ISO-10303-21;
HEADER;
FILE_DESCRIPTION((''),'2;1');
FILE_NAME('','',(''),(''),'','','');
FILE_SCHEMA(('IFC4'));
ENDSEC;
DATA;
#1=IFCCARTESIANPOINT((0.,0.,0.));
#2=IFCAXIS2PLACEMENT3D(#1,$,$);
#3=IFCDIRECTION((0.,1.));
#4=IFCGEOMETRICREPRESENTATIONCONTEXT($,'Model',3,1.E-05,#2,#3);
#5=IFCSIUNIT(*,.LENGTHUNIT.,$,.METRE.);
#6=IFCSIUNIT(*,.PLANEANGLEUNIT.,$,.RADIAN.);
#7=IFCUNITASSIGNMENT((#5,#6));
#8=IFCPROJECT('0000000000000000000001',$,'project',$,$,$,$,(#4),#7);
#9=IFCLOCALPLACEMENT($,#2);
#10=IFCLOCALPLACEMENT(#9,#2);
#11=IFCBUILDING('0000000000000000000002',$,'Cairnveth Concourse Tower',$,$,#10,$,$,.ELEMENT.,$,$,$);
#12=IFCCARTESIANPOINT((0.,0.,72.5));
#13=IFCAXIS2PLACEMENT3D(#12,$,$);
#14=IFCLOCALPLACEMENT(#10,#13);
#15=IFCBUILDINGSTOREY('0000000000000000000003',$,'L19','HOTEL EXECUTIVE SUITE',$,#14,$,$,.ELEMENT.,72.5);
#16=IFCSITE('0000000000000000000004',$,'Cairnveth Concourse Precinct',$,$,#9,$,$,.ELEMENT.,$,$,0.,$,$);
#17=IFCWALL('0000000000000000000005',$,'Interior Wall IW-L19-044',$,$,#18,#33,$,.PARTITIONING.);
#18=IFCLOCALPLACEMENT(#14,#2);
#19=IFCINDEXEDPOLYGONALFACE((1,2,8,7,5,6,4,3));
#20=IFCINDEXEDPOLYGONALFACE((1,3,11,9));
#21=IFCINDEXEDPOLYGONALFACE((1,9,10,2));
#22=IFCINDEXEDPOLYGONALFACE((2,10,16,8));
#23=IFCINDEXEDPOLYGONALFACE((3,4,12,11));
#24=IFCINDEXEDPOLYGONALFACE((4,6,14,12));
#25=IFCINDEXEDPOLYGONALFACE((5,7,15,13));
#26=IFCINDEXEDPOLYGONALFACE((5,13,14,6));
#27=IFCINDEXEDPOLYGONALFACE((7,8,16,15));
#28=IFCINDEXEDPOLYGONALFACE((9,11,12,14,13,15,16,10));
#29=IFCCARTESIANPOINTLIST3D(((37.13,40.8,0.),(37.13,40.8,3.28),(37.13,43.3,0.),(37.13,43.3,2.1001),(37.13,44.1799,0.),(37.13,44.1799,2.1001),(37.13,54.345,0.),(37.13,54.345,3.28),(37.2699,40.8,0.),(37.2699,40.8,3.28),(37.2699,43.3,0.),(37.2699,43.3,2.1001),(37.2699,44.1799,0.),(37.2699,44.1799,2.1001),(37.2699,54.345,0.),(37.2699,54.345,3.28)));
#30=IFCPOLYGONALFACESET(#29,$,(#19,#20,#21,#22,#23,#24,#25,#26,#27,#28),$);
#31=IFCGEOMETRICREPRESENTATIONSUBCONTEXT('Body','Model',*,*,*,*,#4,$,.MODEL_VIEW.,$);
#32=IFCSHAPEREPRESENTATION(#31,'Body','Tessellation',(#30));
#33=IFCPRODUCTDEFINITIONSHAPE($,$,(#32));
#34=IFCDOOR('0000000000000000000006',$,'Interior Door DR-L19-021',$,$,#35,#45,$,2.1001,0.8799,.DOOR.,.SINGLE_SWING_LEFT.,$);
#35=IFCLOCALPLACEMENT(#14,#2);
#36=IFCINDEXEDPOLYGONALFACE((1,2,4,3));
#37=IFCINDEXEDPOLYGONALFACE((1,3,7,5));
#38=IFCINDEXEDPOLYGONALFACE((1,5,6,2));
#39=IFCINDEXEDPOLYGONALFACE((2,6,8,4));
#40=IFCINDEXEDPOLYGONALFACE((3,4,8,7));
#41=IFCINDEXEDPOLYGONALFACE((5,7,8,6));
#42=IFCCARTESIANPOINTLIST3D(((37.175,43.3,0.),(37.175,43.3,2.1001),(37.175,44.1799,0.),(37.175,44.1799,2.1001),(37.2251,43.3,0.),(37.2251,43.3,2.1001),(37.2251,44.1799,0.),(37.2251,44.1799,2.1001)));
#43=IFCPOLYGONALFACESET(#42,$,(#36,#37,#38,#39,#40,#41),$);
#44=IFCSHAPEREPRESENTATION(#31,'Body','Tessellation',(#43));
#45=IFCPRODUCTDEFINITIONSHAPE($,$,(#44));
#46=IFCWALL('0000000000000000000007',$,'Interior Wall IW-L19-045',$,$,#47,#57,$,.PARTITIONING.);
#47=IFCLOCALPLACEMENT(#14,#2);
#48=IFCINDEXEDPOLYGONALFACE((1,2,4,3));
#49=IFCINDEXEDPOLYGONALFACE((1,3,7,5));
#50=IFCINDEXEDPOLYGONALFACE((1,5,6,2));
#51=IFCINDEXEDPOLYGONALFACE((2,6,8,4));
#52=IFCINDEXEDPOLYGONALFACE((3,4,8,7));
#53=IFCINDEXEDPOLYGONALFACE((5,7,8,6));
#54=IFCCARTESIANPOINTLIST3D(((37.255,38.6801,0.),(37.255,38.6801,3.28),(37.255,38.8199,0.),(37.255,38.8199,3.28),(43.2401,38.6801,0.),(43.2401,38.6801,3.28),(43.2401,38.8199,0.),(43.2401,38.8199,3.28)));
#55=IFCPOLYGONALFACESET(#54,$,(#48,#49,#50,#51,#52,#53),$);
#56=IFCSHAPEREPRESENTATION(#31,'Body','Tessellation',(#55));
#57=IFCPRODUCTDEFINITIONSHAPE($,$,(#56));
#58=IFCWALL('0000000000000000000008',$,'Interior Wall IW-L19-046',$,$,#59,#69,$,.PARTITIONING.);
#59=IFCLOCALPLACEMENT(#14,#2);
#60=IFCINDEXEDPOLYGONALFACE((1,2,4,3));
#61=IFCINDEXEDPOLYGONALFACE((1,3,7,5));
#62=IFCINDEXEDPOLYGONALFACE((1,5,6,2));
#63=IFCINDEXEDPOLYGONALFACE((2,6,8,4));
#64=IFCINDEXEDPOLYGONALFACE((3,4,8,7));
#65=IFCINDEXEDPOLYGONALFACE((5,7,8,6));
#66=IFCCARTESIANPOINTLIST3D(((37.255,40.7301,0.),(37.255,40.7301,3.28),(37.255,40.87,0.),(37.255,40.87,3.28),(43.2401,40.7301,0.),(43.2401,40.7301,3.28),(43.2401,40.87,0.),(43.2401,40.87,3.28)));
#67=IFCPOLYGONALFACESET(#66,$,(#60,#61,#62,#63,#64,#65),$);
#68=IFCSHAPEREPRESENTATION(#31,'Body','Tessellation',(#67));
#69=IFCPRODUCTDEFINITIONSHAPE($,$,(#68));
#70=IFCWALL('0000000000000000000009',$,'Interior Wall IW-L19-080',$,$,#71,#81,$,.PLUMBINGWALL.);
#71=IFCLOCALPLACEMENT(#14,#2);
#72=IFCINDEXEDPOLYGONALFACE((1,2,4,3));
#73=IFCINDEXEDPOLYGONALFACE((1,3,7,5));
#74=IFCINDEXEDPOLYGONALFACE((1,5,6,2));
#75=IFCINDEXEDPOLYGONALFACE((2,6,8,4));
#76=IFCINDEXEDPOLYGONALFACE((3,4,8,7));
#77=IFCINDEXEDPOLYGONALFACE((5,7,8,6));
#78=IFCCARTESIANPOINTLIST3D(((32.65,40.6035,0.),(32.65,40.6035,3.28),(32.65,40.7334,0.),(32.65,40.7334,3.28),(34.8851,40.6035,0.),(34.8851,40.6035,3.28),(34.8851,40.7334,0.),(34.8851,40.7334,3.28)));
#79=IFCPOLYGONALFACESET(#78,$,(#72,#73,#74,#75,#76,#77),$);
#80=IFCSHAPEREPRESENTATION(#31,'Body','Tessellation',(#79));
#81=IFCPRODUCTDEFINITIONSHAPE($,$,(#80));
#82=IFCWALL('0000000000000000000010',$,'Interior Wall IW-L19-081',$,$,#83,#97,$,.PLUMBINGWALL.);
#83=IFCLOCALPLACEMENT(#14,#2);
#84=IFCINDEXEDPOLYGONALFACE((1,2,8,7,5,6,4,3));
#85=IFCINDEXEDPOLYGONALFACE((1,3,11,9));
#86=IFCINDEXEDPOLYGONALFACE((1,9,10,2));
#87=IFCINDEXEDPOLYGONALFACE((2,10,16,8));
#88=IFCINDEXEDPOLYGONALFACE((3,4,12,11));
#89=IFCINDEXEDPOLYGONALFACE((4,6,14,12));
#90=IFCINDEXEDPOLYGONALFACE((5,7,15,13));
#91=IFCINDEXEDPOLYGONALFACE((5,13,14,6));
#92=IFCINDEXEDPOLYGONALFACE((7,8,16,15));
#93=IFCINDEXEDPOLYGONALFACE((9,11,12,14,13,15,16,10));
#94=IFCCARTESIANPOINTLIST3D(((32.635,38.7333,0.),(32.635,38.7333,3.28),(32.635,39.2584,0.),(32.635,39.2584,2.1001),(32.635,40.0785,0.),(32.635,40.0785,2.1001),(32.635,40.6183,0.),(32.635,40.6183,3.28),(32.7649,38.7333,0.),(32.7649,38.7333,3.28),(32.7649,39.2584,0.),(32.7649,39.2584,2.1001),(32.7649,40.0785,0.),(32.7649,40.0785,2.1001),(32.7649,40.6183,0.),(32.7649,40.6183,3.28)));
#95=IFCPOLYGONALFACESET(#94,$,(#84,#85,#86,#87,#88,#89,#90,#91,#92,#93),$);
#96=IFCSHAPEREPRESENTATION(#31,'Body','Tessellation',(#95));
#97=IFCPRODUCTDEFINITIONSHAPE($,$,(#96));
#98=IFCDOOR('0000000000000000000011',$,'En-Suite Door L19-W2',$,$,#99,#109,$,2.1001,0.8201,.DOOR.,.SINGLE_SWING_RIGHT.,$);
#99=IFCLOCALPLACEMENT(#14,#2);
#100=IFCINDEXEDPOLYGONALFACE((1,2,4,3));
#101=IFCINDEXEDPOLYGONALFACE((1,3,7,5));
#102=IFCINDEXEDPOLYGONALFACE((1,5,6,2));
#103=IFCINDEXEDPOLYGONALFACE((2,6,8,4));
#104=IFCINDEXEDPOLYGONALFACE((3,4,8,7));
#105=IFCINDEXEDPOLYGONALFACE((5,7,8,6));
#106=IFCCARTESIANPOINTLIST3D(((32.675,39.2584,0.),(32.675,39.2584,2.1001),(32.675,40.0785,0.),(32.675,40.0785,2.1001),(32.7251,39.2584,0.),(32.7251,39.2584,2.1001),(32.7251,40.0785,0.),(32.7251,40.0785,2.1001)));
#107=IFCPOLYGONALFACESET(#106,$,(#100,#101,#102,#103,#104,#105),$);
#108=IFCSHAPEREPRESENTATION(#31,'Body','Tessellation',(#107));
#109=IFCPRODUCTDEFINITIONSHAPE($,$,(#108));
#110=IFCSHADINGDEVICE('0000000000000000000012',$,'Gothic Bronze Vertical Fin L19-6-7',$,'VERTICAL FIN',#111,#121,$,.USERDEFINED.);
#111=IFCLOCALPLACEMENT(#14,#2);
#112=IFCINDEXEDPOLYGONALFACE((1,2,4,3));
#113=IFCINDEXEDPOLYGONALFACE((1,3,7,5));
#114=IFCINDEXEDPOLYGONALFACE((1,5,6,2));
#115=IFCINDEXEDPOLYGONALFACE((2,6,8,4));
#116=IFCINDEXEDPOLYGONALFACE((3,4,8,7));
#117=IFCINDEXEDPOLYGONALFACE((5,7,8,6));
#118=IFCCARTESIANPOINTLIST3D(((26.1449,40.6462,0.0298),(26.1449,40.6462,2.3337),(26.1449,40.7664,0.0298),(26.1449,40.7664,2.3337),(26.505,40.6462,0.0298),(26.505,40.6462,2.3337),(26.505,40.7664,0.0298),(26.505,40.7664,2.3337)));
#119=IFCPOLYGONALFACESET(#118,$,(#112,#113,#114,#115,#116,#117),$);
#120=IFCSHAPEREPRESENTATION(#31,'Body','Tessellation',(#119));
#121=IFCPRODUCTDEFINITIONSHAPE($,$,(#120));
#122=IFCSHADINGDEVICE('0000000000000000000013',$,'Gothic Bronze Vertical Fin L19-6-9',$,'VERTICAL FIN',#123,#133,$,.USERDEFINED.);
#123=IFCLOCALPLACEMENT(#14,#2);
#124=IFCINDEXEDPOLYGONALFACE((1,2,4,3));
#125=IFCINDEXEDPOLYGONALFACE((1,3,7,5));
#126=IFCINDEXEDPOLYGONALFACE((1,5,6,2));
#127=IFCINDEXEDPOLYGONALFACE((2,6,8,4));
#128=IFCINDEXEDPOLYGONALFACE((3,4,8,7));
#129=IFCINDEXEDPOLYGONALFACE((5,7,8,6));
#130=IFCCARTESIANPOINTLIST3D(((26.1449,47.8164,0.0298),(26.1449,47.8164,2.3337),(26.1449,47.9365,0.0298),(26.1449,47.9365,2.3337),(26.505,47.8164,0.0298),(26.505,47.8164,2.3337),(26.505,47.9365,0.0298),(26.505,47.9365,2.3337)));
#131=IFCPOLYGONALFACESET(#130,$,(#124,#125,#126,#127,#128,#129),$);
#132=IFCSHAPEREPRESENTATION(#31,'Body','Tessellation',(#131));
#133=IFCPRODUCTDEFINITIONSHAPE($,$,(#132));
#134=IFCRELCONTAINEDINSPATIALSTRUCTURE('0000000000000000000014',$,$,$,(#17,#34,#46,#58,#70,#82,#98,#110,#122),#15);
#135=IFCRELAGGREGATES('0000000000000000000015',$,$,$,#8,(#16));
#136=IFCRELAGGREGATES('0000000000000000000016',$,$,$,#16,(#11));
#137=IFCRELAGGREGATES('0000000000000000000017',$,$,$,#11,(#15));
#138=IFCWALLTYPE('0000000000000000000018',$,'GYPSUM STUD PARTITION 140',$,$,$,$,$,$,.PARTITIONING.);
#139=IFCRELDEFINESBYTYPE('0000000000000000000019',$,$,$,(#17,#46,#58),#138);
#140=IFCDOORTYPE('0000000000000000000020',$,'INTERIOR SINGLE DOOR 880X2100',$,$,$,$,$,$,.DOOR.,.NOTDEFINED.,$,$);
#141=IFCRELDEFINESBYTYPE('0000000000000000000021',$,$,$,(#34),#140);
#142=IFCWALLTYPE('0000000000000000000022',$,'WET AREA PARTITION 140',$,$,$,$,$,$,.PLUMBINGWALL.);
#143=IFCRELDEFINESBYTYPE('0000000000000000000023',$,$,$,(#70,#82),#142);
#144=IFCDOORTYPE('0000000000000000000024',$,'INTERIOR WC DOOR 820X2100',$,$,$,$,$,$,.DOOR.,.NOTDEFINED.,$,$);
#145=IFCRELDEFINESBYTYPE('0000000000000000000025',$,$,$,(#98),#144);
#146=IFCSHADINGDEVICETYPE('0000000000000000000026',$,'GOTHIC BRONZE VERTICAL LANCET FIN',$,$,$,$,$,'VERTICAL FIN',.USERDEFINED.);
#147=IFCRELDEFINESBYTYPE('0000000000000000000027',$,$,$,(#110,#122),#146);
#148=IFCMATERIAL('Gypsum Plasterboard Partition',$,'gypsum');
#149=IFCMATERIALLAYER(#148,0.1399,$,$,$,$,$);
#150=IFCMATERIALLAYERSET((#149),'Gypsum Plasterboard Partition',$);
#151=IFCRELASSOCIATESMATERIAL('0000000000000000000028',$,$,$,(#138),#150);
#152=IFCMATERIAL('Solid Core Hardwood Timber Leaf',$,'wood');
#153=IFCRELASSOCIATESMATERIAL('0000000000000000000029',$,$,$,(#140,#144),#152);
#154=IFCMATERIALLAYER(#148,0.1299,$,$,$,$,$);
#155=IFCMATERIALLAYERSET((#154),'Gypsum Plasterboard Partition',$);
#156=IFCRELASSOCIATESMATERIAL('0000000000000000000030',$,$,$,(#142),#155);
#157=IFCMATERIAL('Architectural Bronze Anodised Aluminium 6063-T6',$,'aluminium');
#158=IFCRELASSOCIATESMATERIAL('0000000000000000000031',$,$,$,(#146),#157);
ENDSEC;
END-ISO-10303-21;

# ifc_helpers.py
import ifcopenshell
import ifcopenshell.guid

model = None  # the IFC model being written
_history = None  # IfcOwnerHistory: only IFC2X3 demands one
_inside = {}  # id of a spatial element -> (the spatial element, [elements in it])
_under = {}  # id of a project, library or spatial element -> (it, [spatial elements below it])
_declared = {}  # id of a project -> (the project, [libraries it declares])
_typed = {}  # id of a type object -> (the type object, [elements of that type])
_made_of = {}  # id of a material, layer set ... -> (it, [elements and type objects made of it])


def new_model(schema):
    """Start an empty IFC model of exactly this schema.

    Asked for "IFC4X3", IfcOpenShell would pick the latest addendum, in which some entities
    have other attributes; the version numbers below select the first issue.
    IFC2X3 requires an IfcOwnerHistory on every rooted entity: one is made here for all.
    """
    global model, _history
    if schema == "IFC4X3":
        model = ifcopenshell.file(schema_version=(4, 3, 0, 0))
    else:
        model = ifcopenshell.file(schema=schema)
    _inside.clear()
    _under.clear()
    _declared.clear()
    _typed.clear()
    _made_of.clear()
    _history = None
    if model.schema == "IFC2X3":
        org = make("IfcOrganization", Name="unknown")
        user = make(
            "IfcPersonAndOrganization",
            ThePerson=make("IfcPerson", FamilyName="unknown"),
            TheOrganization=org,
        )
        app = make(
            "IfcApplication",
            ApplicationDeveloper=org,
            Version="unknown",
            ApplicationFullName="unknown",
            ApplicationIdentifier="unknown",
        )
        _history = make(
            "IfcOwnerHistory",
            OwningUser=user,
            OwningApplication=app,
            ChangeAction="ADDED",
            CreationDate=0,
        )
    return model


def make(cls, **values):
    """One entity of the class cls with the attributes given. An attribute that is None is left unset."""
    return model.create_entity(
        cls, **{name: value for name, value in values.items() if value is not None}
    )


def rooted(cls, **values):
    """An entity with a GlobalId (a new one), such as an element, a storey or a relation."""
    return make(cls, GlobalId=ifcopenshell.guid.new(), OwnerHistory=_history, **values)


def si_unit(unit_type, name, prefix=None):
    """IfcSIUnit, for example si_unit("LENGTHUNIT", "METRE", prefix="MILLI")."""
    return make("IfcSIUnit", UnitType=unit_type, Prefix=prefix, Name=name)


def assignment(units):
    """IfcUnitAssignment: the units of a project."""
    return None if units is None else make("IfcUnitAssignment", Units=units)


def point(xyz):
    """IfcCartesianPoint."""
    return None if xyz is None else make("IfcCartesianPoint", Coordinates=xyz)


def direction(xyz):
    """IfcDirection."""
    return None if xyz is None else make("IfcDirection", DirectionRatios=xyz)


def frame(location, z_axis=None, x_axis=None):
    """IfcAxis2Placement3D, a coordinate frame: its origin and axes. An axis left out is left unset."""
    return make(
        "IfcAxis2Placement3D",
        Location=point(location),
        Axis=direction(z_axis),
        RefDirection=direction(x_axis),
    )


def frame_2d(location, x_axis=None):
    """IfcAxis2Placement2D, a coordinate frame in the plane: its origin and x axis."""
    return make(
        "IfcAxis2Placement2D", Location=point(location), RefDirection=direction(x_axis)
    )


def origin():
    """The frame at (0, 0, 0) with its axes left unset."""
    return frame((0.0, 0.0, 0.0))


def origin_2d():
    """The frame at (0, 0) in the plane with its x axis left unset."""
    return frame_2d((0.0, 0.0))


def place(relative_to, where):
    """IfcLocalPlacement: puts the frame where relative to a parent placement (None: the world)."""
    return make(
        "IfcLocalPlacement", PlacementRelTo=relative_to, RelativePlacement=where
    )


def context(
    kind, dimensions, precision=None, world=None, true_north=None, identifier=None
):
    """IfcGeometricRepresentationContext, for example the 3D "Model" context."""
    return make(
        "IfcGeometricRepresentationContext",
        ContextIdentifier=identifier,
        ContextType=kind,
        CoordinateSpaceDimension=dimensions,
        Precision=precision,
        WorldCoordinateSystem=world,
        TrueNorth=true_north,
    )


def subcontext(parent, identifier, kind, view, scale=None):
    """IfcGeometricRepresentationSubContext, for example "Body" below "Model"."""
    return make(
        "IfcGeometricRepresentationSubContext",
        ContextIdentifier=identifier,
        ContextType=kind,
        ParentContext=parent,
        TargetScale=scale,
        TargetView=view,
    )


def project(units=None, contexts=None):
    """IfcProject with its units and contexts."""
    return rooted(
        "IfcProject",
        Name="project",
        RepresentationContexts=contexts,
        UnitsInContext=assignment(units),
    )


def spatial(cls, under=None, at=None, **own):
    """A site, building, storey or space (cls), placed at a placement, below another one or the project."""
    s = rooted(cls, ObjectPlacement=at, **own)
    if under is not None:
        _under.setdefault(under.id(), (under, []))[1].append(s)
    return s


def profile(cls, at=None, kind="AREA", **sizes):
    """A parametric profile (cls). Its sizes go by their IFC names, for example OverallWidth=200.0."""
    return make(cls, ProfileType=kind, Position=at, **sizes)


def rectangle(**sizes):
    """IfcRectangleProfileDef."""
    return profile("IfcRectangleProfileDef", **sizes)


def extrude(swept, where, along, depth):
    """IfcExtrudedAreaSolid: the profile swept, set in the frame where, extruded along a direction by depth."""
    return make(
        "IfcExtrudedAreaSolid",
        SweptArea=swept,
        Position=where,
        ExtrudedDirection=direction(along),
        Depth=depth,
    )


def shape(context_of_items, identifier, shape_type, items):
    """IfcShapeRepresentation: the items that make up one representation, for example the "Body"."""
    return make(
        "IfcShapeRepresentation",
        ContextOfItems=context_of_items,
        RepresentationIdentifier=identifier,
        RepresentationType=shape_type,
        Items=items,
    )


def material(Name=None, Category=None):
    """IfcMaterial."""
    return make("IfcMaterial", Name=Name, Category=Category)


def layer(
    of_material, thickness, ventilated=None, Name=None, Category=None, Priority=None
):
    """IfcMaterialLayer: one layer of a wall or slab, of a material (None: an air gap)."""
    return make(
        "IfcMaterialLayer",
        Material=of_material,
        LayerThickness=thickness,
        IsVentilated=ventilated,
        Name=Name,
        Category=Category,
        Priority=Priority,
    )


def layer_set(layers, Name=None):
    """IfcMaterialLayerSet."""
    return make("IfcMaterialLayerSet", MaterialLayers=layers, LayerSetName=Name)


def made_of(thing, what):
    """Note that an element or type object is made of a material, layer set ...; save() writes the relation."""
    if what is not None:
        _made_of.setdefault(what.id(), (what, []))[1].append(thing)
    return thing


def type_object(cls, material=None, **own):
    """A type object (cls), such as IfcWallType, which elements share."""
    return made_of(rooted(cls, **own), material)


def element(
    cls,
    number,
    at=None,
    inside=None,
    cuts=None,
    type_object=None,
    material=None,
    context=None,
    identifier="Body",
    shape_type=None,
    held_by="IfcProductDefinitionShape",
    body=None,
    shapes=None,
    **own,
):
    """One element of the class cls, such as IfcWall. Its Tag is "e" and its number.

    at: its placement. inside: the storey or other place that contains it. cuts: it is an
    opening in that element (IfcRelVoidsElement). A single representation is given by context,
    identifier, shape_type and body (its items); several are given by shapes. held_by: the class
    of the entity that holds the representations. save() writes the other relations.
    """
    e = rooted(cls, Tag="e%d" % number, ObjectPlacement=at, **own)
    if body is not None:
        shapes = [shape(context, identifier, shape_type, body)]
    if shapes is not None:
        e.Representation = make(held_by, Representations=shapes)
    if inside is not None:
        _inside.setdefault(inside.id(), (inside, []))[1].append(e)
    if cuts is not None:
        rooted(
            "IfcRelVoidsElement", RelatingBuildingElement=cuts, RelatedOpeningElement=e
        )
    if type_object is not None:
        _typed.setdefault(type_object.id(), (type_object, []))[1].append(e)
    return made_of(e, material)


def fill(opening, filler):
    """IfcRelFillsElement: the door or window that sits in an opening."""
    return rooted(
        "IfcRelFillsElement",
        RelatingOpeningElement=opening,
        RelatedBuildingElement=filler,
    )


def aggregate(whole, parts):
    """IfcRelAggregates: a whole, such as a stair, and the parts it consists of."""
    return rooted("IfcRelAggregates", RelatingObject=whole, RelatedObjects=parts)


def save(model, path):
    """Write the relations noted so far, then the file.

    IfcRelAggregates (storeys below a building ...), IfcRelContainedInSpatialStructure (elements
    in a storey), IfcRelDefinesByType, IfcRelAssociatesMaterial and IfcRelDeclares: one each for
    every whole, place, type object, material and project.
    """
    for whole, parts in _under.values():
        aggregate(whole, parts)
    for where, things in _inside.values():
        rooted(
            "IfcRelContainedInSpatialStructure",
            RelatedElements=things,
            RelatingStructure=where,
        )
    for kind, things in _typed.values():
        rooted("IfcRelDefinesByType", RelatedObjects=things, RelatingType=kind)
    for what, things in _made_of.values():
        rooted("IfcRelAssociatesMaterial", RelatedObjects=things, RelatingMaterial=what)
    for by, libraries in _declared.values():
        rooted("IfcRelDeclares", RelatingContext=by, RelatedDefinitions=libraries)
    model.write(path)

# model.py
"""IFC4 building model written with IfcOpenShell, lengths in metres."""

from ifc_helpers import new_model, si_unit, direction, frame, frame_2d, origin, origin_2d, place, context, subcontext, project, spatial, rectangle, extrude, material, layer, layer_set, type_object, element, fill, save


model = new_model("IFC4")

# Units and contexts
model_context = context("Model", 3, precision=1e-05, world=origin(), true_north=direction((0.0, 1.0)))
body_context = subcontext(model_context, "Body", "Model", "MODEL_VIEW")
ifc_project = project(units=[si_unit("LENGTHUNIT", "METRE"), si_unit("PLANEANGLEUNIT", "RADIAN")], contexts=[model_context])

# Site, building, storey
site_placement = place(None, origin())
site = spatial("IfcSite", under=ifc_project, at=site_placement, Name="Cairnveth Concourse Precinct", CompositionType="ELEMENT", RefElevation=0.0)
building_placement = place(site_placement, origin())
building = spatial("IfcBuilding", under=site, at=building_placement, Name="Cairnveth Concourse Tower", CompositionType="ELEMENT")
storey_placement = place(building_placement, frame((0.0, 0.0, 72.5)))
storey = spatial("IfcBuildingStorey", under=building, at=storey_placement, Name="L19", Description="HOTEL EXECUTIVE SUITE", CompositionType="ELEMENT", Elevation=72.5)

# Shared definitions
ifc_material_1 = material(Name="Gypsum Plasterboard Partition", Category="gypsum")

# Wall, opening, door
ifc_layer_1 = layer(ifc_material_1, 0.1399)
ifc_layer_set_1 = layer_set([ifc_layer_1], Name="Gypsum Plasterboard Partition")
wall_type_1 = type_object("IfcWallType", Name="GYPSUM STUD PARTITION 140", PredefinedType="PARTITIONING", material=ifc_layer_set_1)
wall_1_placement = place(storey_placement, frame((37.2, 40.8, 0.0), z_axis=(0.0, 0.0, 1.0), x_axis=(0.0, 1.0, 0.0)))
wall_1 = element("IfcWall", 1, at=wall_1_placement, inside=storey, type_object=wall_type_1, Name="Interior Wall IW-L19-044", PredefinedType="PARTITIONING", context=body_context, shape_type="SweptSolid", body=[
    extrude(rectangle(XDim=13.5449, YDim=0.1399, at=frame_2d((6.7725, 0.0))), origin(), (0.0, 0.0, 1.0), 3.28),
])
opening_1_placement = place(wall_1_placement, frame((2.5, 0.0, 0.0)))
opening_1 = element("IfcOpeningElement", 2, at=opening_1_placement, cuts=wall_1, PredefinedType="OPENING", context=body_context, shape_type="SweptSolid", body=[
    extrude(rectangle(XDim=0.8799, YDim=2.1001, at=frame_2d((0.4399, 1.05))), frame((0.0, 0.0798, 0.0), z_axis=(0.0, -1.0, 0.0), x_axis=(1.0, 0.0, 0.0)), (0.0, 0.0, 1.0), 0.1599),
])
ifc_material_2 = material(Name="Solid Core Hardwood Timber Leaf", Category="wood")
door_type_1 = type_object("IfcDoorType", Name="INTERIOR SINGLE DOOR 880X2100", OperationType="NOTDEFINED", PredefinedType="DOOR", material=ifc_material_2)
door_1_placement = place(opening_1_placement, origin())
door_1 = element("IfcDoor", 3, at=door_1_placement, inside=storey, type_object=door_type_1, Name="Interior Door DR-L19-021", OperationType="SINGLE_SWING_LEFT", OverallHeight=2.1001, OverallWidth=0.8799, PredefinedType="DOOR", context=body_context, shape_type="SweptSolid", body=[
    extrude(rectangle(XDim=0.8799, YDim=2.1001, at=frame_2d((0.4399, 1.05))), frame((0.0, 0.0249, 0.0), z_axis=(0.0, -1.0, 0.0), x_axis=(1.0, 0.0, 0.0)), (0.0, 0.0, 1.0), 0.05),
])
fill(opening_1, door_1)

# Walls
for number, where, z_axis, x_axis, name in (
    (4, (37.2549, 38.75, 0.0), (0.0, 0.0, 1.0), (1.0, 0.0, 0.0), "Interior Wall IW-L19-045"),
    (5, (37.2549, 40.8, 0.0), (0.0, 0.0, 1.0), (1.0, 0.0, 0.0), "Interior Wall IW-L19-046"),
):
    element("IfcWall", number, at=place(storey_placement, frame(where, z_axis=z_axis, x_axis=x_axis)), inside=storey, type_object=wall_type_1, Name=name, PredefinedType="PARTITIONING", context=body_context, shape_type="SweptSolid", body=[
        extrude(rectangle(XDim=5.9851, YDim=0.1399, at=frame_2d((2.9927, 0.0))), origin(), (0.0, 0.0, 1.0), 3.28),
    ])
ifc_layer_2 = layer(ifc_material_1, 0.1299)
ifc_layer_set_2 = layer_set([ifc_layer_2], Name="Gypsum Plasterboard Partition")
wall_type_2 = type_object("IfcWallType", Name="WET AREA PARTITION 140", PredefinedType="PLUMBINGWALL", material=ifc_layer_set_2)
wall_2_placement = place(storey_placement, frame((32.6499, 40.6685, 0.0), z_axis=(0.0, 0.0, 1.0), x_axis=(1.0, 0.0, 0.0)))
element("IfcWall", 6, at=wall_2_placement, inside=storey, type_object=wall_type_2, Name="Interior Wall IW-L19-080", PredefinedType="PLUMBINGWALL", context=body_context, shape_type="SweptSolid", body=[
    extrude(rectangle(XDim=2.2351, YDim=0.1299, at=frame_2d((1.1177, 0.0))), origin(), (0.0, 0.0, 1.0), 3.28),
])

# Wall, opening, door
wall_3_placement = place(storey_placement, frame((32.7, 38.7334, 0.0), z_axis=(0.0, 0.0, 1.0), x_axis=(0.0, 1.0, 0.0)))
wall_3 = element("IfcWall", 7, at=wall_3_placement, inside=storey, type_object=wall_type_2, Name="Interior Wall IW-L19-081", PredefinedType="PLUMBINGWALL", context=body_context, shape_type="SweptSolid", body=[
    extrude(rectangle(XDim=1.885, YDim=0.1299, at=frame_2d((0.9424, 0.0))), origin(), (0.0, 0.0, 1.0), 3.28),
])
opening_2_placement = place(wall_3_placement, frame((0.5249, 0.0, 0.0)))
opening_2 = element("IfcOpeningElement", 8, at=opening_2_placement, cuts=wall_3, PredefinedType="OPENING", context=body_context, shape_type="SweptSolid", body=[
    extrude(rectangle(XDim=0.8201, YDim=2.1001, at=frame_2d((0.4102, 1.05))), frame((0.0, 0.075, 0.0), z_axis=(0.0, -1.0, 0.0), x_axis=(1.0, 0.0, 0.0)), (0.0, 0.0, 1.0), 0.1499),
])
door_type_2 = type_object("IfcDoorType", Name="INTERIOR WC DOOR 820X2100", OperationType="NOTDEFINED", PredefinedType="DOOR", material=ifc_material_2)
door_2_placement = place(opening_2_placement, origin())
door_2 = element("IfcDoor", 9, at=door_2_placement, inside=storey, type_object=door_type_2, Name="En-Suite Door L19-W2", OperationType="SINGLE_SWING_RIGHT", OverallHeight=2.1001, OverallWidth=0.8201, PredefinedType="DOOR", context=body_context, shape_type="SweptSolid", body=[
    extrude(rectangle(XDim=0.8201, YDim=2.1001, at=frame_2d((0.4102, 1.05))), frame((0.0, 0.0249, 0.0), z_axis=(0.0, -1.0, 0.0), x_axis=(1.0, 0.0, 0.0)), (0.0, 0.0, 1.0), 0.05),
])
fill(opening_2, door_2)

# Shading devices
ifc_material_3 = material(Name="Architectural Bronze Anodised Aluminium 6063-T6", Category="aluminium")
shading_device_type = type_object("IfcShadingDeviceType", Name="GOTHIC BRONZE VERTICAL LANCET FIN", ElementType="VERTICAL FIN", PredefinedType="USERDEFINED", material=ifc_material_3)
for number, where, z_axis, x_axis, name in (
    (10, (26.325, 40.7063, 0.0298), (0.0, 0.0, 1.0), (0.0, 1.0, 0.0), "Gothic Bronze Vertical Fin L19-6-7"),
    (11, (26.325, 47.8765, 0.0298), (0.0, 0.0, 1.0), (0.0, 1.0, 0.0), "Gothic Bronze Vertical Fin L19-6-9"),
):
    element("IfcShadingDevice", number, at=place(storey_placement, frame(where, z_axis=z_axis, x_axis=x_axis)), inside=storey, type_object=shading_device_type, Name=name, ObjectType="VERTICAL FIN", PredefinedType="USERDEFINED", context=body_context, shape_type="SweptSolid", body=[
        extrude(rectangle(XDim=0.1201, YDim=0.3601, at=origin_2d()), origin(), (0.0, 0.0, 1.0), 2.304),
    ])

save(model, "model.ifc")
